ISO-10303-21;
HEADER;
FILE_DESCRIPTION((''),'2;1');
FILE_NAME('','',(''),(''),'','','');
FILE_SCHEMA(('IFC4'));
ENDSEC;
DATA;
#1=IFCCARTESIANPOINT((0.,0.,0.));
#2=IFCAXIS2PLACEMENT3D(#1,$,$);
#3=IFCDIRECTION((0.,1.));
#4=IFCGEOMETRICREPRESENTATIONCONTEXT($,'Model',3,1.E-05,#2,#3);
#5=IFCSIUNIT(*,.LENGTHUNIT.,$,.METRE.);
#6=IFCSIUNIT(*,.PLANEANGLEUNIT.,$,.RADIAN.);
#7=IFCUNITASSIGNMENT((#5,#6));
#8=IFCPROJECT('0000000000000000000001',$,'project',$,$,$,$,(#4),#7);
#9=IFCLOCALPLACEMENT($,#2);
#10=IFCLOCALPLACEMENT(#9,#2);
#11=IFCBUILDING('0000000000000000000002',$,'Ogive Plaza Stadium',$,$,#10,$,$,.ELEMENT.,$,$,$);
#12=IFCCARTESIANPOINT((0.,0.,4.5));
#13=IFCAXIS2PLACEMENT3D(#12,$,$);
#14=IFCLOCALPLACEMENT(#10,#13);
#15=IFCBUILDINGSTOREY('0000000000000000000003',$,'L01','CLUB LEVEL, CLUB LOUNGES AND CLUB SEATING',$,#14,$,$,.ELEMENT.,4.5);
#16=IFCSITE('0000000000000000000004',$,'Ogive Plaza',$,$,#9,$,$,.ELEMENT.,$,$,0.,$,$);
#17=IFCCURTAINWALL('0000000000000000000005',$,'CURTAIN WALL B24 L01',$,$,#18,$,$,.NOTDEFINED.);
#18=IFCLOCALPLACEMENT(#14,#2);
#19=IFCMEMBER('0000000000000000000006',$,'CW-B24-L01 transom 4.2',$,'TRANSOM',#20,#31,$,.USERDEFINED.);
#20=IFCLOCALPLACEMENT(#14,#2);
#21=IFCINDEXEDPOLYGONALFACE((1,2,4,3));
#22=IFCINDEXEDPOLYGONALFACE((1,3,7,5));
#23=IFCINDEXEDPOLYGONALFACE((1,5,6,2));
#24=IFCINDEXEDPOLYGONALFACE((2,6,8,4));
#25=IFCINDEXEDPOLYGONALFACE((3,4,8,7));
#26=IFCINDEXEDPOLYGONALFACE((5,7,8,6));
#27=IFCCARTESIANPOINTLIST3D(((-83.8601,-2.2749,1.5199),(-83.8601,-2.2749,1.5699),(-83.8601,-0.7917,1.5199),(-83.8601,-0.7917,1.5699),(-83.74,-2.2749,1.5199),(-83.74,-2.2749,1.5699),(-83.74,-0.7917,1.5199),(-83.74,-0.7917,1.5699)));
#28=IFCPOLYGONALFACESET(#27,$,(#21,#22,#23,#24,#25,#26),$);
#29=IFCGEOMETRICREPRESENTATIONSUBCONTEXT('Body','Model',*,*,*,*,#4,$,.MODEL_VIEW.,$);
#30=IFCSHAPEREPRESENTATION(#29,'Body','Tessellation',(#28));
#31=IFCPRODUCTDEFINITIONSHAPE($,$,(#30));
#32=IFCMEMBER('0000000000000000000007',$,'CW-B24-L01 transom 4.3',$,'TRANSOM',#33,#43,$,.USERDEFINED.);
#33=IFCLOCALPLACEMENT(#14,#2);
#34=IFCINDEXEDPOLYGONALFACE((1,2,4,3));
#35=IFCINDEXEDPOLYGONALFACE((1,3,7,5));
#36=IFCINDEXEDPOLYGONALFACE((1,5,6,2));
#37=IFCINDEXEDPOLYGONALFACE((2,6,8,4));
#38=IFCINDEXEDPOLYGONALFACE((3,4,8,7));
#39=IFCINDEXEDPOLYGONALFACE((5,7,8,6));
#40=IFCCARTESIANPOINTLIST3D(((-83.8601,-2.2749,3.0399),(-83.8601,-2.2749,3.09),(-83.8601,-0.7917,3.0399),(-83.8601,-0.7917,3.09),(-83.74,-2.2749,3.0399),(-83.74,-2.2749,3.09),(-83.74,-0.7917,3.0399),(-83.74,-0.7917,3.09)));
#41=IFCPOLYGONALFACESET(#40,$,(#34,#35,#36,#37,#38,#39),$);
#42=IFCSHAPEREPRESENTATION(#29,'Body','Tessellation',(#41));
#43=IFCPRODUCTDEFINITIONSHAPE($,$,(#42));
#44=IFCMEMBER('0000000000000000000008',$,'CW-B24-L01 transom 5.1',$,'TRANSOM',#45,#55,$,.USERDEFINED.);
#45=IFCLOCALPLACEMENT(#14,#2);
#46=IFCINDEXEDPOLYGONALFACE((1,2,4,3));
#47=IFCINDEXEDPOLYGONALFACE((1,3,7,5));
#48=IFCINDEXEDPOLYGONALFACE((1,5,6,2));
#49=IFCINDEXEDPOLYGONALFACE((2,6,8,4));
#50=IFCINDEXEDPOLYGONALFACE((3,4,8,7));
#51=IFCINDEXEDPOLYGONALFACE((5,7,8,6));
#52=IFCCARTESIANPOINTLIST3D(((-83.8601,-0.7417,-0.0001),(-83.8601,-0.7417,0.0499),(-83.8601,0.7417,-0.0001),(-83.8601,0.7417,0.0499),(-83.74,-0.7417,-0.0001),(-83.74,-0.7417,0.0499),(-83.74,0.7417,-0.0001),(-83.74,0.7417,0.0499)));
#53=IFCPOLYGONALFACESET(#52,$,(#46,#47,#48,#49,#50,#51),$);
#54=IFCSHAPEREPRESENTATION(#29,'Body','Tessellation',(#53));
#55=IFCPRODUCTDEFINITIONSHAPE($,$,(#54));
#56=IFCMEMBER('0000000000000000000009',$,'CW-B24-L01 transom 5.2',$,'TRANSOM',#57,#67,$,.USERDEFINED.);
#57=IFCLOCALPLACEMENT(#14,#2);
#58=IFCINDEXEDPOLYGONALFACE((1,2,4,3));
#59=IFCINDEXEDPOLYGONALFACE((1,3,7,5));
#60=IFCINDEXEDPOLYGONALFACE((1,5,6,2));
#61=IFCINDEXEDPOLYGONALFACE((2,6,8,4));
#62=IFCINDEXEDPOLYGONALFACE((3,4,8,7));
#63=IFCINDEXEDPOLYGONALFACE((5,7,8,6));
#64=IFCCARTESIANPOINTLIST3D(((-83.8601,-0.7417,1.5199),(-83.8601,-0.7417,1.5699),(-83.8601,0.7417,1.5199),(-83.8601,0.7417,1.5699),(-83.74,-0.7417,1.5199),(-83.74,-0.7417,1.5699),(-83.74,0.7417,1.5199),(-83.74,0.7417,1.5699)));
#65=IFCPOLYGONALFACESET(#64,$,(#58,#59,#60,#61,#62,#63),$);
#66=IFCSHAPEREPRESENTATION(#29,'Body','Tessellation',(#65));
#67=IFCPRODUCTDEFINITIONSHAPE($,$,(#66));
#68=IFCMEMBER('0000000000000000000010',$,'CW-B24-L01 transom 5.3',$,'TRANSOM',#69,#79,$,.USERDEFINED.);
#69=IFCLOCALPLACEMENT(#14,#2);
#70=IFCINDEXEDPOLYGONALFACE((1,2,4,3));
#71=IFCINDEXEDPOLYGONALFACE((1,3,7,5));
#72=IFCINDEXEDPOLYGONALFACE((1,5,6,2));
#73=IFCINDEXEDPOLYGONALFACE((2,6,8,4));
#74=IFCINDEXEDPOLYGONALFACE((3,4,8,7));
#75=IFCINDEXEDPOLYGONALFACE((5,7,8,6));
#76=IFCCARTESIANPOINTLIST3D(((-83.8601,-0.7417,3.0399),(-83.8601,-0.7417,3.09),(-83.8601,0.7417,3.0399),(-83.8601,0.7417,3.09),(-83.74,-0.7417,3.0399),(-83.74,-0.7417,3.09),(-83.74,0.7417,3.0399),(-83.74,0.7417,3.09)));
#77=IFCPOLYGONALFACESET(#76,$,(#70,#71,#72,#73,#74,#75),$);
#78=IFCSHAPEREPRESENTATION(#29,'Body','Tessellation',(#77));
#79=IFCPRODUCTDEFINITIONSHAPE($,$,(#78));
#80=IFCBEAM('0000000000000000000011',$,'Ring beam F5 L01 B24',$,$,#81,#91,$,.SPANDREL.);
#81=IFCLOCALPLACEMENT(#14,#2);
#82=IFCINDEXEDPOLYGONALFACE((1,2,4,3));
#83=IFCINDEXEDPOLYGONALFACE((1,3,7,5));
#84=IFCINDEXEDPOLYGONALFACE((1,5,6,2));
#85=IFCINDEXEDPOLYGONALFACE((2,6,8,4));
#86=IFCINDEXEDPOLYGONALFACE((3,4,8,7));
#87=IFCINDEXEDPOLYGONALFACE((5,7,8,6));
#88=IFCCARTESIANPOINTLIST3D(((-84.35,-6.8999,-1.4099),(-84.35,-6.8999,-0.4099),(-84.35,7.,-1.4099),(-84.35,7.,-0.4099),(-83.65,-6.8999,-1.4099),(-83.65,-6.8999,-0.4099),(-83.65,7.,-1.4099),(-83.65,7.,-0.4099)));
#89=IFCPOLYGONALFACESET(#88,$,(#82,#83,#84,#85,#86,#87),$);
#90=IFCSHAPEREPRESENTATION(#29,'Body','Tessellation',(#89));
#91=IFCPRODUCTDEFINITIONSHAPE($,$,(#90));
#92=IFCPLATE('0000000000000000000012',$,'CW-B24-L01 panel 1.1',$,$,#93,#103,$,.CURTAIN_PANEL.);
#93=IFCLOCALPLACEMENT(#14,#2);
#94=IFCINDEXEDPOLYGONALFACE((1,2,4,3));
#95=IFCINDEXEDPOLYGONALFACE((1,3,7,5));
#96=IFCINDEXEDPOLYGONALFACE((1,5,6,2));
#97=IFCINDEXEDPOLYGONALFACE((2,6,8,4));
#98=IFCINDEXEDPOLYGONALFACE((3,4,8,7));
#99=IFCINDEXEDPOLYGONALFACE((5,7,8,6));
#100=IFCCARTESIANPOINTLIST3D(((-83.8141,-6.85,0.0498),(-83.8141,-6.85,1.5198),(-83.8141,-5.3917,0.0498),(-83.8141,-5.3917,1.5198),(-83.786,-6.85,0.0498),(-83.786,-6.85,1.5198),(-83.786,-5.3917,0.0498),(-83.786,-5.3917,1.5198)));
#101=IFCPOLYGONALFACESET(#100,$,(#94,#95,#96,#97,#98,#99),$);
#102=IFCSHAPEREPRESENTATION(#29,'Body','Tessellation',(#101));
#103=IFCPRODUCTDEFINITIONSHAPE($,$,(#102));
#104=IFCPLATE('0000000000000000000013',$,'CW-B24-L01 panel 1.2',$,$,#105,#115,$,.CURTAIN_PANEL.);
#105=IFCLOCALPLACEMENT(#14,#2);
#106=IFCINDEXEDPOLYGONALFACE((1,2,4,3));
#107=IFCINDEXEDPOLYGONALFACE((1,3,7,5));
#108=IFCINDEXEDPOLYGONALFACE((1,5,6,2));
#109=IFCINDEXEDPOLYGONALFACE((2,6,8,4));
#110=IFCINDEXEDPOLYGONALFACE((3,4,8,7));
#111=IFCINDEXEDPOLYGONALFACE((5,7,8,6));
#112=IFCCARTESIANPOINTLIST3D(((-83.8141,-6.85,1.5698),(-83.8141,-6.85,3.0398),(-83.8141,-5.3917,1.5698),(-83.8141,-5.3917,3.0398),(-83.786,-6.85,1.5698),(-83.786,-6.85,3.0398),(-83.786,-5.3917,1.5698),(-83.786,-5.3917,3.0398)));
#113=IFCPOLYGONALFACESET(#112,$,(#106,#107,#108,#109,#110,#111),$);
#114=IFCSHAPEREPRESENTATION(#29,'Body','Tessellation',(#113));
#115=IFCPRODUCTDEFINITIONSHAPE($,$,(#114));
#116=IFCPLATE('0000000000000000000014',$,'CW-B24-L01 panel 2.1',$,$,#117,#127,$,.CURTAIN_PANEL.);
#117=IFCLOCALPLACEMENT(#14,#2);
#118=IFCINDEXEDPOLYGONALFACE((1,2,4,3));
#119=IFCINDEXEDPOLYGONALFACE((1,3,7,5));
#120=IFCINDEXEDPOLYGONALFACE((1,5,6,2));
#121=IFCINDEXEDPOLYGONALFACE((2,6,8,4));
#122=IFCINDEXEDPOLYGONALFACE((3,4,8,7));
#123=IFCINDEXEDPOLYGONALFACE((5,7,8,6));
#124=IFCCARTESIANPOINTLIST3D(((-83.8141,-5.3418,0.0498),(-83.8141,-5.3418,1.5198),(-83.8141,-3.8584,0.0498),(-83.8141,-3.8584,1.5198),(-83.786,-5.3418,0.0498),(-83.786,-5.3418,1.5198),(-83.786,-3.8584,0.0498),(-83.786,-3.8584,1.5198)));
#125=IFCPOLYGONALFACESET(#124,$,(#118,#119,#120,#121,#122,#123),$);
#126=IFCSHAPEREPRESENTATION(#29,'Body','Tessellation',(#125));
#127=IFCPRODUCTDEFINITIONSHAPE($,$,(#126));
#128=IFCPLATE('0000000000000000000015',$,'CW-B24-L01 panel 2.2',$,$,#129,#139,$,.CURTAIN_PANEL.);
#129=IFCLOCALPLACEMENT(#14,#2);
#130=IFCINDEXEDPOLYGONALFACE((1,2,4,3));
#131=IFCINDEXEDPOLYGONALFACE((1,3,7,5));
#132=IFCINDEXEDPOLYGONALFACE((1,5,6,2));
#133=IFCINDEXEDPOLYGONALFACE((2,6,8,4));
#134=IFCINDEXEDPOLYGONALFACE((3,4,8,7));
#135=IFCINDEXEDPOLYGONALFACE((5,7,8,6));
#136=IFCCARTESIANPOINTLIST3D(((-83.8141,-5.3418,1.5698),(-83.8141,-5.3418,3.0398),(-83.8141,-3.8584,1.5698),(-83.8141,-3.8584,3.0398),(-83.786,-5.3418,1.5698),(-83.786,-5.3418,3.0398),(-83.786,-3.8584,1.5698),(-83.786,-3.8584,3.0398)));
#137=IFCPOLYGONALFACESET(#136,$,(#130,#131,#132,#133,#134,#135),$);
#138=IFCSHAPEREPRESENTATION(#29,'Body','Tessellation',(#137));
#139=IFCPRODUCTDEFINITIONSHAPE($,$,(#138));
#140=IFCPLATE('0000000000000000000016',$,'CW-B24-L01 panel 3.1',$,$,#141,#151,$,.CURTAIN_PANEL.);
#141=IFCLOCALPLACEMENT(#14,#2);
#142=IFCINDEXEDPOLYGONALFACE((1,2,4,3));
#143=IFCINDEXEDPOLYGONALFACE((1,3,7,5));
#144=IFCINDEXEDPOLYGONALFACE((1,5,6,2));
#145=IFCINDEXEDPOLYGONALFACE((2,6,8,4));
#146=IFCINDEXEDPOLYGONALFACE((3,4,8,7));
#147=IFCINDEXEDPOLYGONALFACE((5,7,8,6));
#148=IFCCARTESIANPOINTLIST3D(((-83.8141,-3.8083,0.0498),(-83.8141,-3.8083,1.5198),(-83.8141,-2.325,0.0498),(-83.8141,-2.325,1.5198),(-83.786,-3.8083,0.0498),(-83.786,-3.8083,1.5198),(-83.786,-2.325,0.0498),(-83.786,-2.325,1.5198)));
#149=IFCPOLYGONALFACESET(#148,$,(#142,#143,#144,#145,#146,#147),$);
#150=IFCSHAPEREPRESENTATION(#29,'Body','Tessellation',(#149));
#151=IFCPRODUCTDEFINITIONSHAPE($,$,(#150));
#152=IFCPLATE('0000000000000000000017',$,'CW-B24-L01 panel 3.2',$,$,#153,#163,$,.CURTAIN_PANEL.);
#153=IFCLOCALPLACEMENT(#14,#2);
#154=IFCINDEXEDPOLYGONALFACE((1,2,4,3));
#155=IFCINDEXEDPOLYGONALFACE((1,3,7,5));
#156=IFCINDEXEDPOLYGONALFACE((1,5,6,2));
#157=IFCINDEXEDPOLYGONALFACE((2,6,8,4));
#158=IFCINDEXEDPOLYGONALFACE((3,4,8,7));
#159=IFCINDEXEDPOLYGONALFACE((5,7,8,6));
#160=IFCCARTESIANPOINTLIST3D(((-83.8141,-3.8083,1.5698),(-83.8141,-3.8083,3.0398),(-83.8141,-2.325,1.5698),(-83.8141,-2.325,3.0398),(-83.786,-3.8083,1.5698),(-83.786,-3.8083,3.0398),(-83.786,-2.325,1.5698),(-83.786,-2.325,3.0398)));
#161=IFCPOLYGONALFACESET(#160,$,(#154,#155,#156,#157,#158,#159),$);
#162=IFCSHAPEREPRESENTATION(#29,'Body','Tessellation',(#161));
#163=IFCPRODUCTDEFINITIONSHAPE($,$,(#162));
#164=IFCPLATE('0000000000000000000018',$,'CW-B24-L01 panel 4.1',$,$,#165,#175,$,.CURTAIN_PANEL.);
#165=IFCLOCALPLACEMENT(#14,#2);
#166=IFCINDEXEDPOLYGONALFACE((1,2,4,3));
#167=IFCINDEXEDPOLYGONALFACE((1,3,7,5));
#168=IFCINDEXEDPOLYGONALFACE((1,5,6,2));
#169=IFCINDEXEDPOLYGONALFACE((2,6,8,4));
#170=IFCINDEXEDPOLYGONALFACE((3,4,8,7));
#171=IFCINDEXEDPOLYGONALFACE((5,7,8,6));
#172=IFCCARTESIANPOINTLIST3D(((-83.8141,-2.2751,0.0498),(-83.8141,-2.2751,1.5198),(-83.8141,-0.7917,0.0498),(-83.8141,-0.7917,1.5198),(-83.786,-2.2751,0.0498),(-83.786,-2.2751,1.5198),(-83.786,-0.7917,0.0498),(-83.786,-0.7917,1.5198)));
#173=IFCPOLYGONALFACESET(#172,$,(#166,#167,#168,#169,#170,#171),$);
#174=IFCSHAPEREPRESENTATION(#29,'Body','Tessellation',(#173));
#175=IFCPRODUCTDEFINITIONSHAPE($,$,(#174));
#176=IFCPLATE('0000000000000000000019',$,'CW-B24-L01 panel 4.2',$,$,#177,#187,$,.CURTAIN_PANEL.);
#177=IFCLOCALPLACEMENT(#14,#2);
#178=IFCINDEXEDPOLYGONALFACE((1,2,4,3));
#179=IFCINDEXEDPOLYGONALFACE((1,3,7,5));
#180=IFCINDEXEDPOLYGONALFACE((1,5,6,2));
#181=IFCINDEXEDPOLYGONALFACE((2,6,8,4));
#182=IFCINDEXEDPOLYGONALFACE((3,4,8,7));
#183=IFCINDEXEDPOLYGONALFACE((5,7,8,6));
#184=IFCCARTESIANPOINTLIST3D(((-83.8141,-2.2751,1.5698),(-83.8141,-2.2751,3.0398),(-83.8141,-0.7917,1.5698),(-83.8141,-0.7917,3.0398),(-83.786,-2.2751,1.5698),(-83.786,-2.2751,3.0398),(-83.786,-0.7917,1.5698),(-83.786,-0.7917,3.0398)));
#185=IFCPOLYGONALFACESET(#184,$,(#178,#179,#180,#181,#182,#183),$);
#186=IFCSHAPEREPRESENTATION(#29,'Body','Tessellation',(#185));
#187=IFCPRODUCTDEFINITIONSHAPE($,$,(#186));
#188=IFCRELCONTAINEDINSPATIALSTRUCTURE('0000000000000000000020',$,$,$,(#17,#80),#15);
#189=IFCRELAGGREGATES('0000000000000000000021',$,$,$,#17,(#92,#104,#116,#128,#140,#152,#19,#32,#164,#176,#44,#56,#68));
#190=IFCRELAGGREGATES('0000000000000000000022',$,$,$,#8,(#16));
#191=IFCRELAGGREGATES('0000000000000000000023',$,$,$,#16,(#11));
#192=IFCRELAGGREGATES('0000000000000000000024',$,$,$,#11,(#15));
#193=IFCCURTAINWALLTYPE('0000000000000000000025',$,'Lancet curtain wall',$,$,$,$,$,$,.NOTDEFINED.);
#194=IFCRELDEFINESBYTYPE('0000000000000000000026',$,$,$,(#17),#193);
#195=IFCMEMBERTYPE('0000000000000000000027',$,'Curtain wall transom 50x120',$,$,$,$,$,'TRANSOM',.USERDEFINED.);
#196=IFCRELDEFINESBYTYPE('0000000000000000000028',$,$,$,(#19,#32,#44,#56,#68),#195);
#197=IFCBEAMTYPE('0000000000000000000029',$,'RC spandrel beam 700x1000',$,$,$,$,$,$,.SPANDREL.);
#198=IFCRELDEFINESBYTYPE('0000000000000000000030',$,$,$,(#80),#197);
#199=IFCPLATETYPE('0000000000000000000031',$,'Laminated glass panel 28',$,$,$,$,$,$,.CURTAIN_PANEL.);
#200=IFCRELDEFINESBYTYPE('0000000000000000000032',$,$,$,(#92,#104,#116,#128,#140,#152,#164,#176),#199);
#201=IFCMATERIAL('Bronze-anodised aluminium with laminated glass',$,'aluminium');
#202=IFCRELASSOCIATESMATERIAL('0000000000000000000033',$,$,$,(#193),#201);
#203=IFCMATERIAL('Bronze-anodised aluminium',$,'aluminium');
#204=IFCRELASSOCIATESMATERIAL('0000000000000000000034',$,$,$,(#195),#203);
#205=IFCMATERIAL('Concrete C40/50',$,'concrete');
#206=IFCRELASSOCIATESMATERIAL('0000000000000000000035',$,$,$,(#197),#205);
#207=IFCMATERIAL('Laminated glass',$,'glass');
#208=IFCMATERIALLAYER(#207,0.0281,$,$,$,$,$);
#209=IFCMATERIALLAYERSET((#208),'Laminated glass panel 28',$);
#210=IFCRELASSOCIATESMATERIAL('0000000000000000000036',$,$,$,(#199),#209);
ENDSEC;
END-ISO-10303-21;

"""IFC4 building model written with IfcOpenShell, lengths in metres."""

from ifc_helpers import new_model, si_unit, direction, frame, origin, origin_2d, place, context, subcontext, project, spatial, rectangle, extrude, material, layer, layer_set, material_profile, profile_set, type_object, element, aggregate, save


model = new_model("IFC4")

# Units and contexts
model_context = context("Model", 3, precision=1e-05, world=origin(), true_north=direction((0.0, 1.0)))
body_context = subcontext(model_context, "Body", "Model", "MODEL_VIEW")
ifc_project = project(units=[si_unit("LENGTHUNIT", "METRE"), si_unit("PLANEANGLEUNIT", "RADIAN")], contexts=[model_context])

# Site, building, storey
site_placement = place(None, origin())
site = spatial("IfcSite", under=ifc_project, at=site_placement, Name="Ogive Plaza", CompositionType="ELEMENT", RefElevation=0.0)
building_placement = place(site_placement, origin())
building = spatial("IfcBuilding", under=site, at=building_placement, Name="Ogive Plaza Stadium", CompositionType="ELEMENT")
storey_placement = place(building_placement, frame((0.0, 0.0, 4.5)))
storey = spatial("IfcBuildingStorey", under=building, at=storey_placement, Name="L01", Description="CLUB LEVEL, CLUB LOUNGES AND CLUB SEATING", CompositionType="ELEMENT", Elevation=4.5)

# Curtain wall, members
ifc_material_1 = material(Name="Bronze-anodised aluminium with laminated glass", Category="aluminium")
curtain_wall_type = type_object("IfcCurtainWallType", Name="Lancet curtain wall", PredefinedType="NOTDEFINED", material=ifc_material_1)
curtain_wall_placement = place(storey_placement, origin())
curtain_wall = element("IfcCurtainWall", 1, at=curtain_wall_placement, inside=storey, type_object=curtain_wall_type, Name="CURTAIN WALL B24 L01", PredefinedType="NOTDEFINED")
ifc_material_2 = material(Name="Bronze-anodised aluminium", Category="aluminium")
ifc_material_profile_1 = material_profile(ifc_material_2, rectangle(XDim=0.1201, YDim=0.05, at=origin_2d()), Name="AL 120x50")
ifc_profile_set_1 = profile_set([ifc_material_profile_1], Name="Bronze-anodised aluminium")
member_type_1 = type_object("IfcMemberType", Name="Curtain wall transom 50x120", ElementType="TRANSOM", PredefinedType="USERDEFINED", material=ifc_profile_set_1)
member_1_placement = place(storey_placement, frame((-83.8, -2.2749, 1.5449), z_axis=(0.0, 1.0, 0.0), x_axis=(-1.0, 0.0, 0.0)))
member_1 = element("IfcMember", 2, at=member_1_placement, type_object=member_type_1, Name="CW-B24-L01 transom 4.2", ObjectType="TRANSOM", PredefinedType="USERDEFINED", context=body_context, shape_type="SweptSolid", body=[
    extrude(rectangle(XDim=0.1201, YDim=0.05, at=origin_2d()), origin(), (0.0, 0.0, 1.0), 1.4832),
])
member_2_placement = place(storey_placement, frame((-83.8, -2.2749, 3.0649), z_axis=(0.0, 1.0, 0.0), x_axis=(-1.0, 0.0, 0.0)))
member_2 = element("IfcMember", 3, at=member_2_placement, type_object=member_type_1, Name="CW-B24-L01 transom 4.3", ObjectType="TRANSOM", PredefinedType="USERDEFINED", context=body_context, shape_type="SweptSolid", body=[
    extrude(rectangle(XDim=0.1201, YDim=0.05, at=origin_2d()), origin(), (0.0, 0.0, 1.0), 1.4832),
])
member_3_placement = place(storey_placement, frame((-83.8, -0.7417, 0.0249), z_axis=(0.0, 1.0, 0.0), x_axis=(-1.0, 0.0, 0.0)))
member_3 = element("IfcMember", 4, at=member_3_placement, type_object=member_type_1, Name="CW-B24-L01 transom 5.1", ObjectType="TRANSOM", PredefinedType="USERDEFINED", context=body_context, shape_type="SweptSolid", body=[
    extrude(rectangle(XDim=0.1201, YDim=0.05, at=origin_2d()), origin(), (0.0, 0.0, 1.0), 1.4834),
])
member_4_placement = place(storey_placement, frame((-83.8, -0.7417, 1.5449), z_axis=(0.0, 1.0, 0.0), x_axis=(-1.0, 0.0, 0.0)))
member_4 = element("IfcMember", 5, at=member_4_placement, type_object=member_type_1, Name="CW-B24-L01 transom 5.2", ObjectType="TRANSOM", PredefinedType="USERDEFINED", context=body_context, shape_type="SweptSolid", body=[
    extrude(rectangle(XDim=0.1201, YDim=0.05, at=origin_2d()), origin(), (0.0, 0.0, 1.0), 1.4834),
])
member_5_placement = place(storey_placement, frame((-83.8, -0.7417, 3.0649), z_axis=(0.0, 1.0, 0.0), x_axis=(-1.0, 0.0, 0.0)))
member_5 = element("IfcMember", 6, at=member_5_placement, type_object=member_type_1, Name="CW-B24-L01 transom 5.3", ObjectType="TRANSOM", PredefinedType="USERDEFINED", context=body_context, shape_type="SweptSolid", body=[
    extrude(rectangle(XDim=0.1201, YDim=0.05, at=origin_2d()), origin(), (0.0, 0.0, 1.0), 1.4834),
])

# Beam
ifc_material_3 = material(Name="Concrete C40/50", Category="concrete")
ifc_material_profile_2 = material_profile(ifc_material_3, rectangle(XDim=0.7, YDim=1.0, at=origin_2d()), Name="RC 700x1000")
ifc_profile_set_2 = profile_set([ifc_material_profile_2], Name="Concrete C40/50")
beam_type = type_object("IfcBeamType", Name="RC spandrel beam 700x1000", PredefinedType="SPANDREL", material=ifc_profile_set_2)
beam_placement = place(storey_placement, frame((-84.0, -6.8999, -0.9099), z_axis=(0.0, 1.0, 0.0), x_axis=(-1.0, 0.0, 0.0)))
element("IfcBeam", 7, at=beam_placement, inside=storey, type_object=beam_type, Name="Ring beam F5 L01 B24", PredefinedType="SPANDREL", context=body_context, shape_type="SweptSolid", body=[
    extrude(rectangle(XDim=0.7, YDim=1.0, at=origin_2d()), origin(), (0.0, 0.0, 1.0), 13.8999),
])

# Plates
ifc_material_4 = material(Name="Laminated glass", Category="glass")
ifc_layer_1 = layer(ifc_material_4, 0.0281)
ifc_layer_set_1 = layer_set([ifc_layer_1], Name="Laminated glass panel 28")
plate_type = type_object("IfcPlateType", Name="Laminated glass panel 28", PredefinedType="CURTAIN_PANEL", material=ifc_layer_set_1)
plate_1_placement = place(storey_placement, frame((-83.8, -6.1208, 0.0498), z_axis=(0.0, 0.0, 1.0), x_axis=(0.0, 1.0, 0.0)))
plate_1 = element("IfcPlate", 8, at=plate_1_placement, type_object=plate_type, Name="CW-B24-L01 panel 1.1", PredefinedType="CURTAIN_PANEL", context=body_context, shape_type="SweptSolid", body=[
    extrude(rectangle(XDim=1.4583, YDim=0.0281, at=origin_2d()), origin(), (0.0, 0.0, 1.0), 1.47),
])
plate_2_placement = place(storey_placement, frame((-83.8, -6.1208, 1.5698), z_axis=(0.0, 0.0, 1.0), x_axis=(0.0, 1.0, 0.0)))
plate_2 = element("IfcPlate", 9, at=plate_2_placement, type_object=plate_type, Name="CW-B24-L01 panel 1.2", PredefinedType="CURTAIN_PANEL", context=body_context, shape_type="SweptSolid", body=[
    extrude(rectangle(XDim=1.4583, YDim=0.0281, at=origin_2d()), origin(), (0.0, 0.0, 1.0), 1.47),
])
plate_3_placement = place(storey_placement, frame((-83.8, -4.6001, 0.0498), z_axis=(0.0, 0.0, 1.0), x_axis=(0.0, 1.0, 0.0)))
plate_3 = element("IfcPlate", 10, at=plate_3_placement, type_object=plate_type, Name="CW-B24-L01 panel 2.1", PredefinedType="CURTAIN_PANEL", context=body_context, shape_type="SweptSolid", body=[
    extrude(rectangle(XDim=1.4834, YDim=0.0281, at=origin_2d()), origin(), (0.0, 0.0, 1.0), 1.47),
])
plate_4_placement = place(storey_placement, frame((-83.8, -4.6001, 1.5698), z_axis=(0.0, 0.0, 1.0), x_axis=(0.0, 1.0, 0.0)))
plate_4 = element("IfcPlate", 11, at=plate_4_placement, type_object=plate_type, Name="CW-B24-L01 panel 2.2", PredefinedType="CURTAIN_PANEL", context=body_context, shape_type="SweptSolid", body=[
    extrude(rectangle(XDim=1.4834, YDim=0.0281, at=origin_2d()), origin(), (0.0, 0.0, 1.0), 1.47),
])
plate_5_placement = place(storey_placement, frame((-83.8, -3.0667, 0.0498), z_axis=(0.0, 0.0, 1.0), x_axis=(0.0, 1.0, 0.0)))
plate_5 = element("IfcPlate", 12, at=plate_5_placement, type_object=plate_type, Name="CW-B24-L01 panel 3.1", PredefinedType="CURTAIN_PANEL", context=body_context, shape_type="SweptSolid", body=[
    extrude(rectangle(XDim=1.4834, YDim=0.0281, at=origin_2d()), origin(), (0.0, 0.0, 1.0), 1.47),
])
plate_6_placement = place(storey_placement, frame((-83.8, -3.0667, 1.5698), z_axis=(0.0, 0.0, 1.0), x_axis=(0.0, 1.0, 0.0)))
plate_6 = element("IfcPlate", 13, at=plate_6_placement, type_object=plate_type, Name="CW-B24-L01 panel 3.2", PredefinedType="CURTAIN_PANEL", context=body_context, shape_type="SweptSolid", body=[
    extrude(rectangle(XDim=1.4834, YDim=0.0281, at=origin_2d()), origin(), (0.0, 0.0, 1.0), 1.47),
])
plate_7_placement = place(storey_placement, frame((-83.8, -1.5334, 0.0498), z_axis=(0.0, 0.0, 1.0), x_axis=(0.0, 1.0, 0.0)))
plate_7 = element("IfcPlate", 14, at=plate_7_placement, type_object=plate_type, Name="CW-B24-L01 panel 4.1", PredefinedType="CURTAIN_PANEL", context=body_context, shape_type="SweptSolid", body=[
    extrude(rectangle(XDim=1.4834, YDim=0.0281, at=origin_2d()), origin(), (0.0, 0.0, 1.0), 1.47),
])
plate_8_placement = place(storey_placement, frame((-83.8, -1.5334, 1.5698), z_axis=(0.0, 0.0, 1.0), x_axis=(0.0, 1.0, 0.0)))
plate_8 = element("IfcPlate", 15, at=plate_8_placement, type_object=plate_type, Name="CW-B24-L01 panel 4.2", PredefinedType="CURTAIN_PANEL", context=body_context, shape_type="SweptSolid", body=[
    extrude(rectangle(XDim=1.4834, YDim=0.0281, at=origin_2d()), origin(), (0.0, 0.0, 1.0), 1.47),
])
aggregate(curtain_wall, [plate_1, plate_2, plate_3, plate_4, plate_5, plate_6, member_1, member_2, plate_7, plate_8, member_3, member_4, member_5])

save(model, "model.ifc")
